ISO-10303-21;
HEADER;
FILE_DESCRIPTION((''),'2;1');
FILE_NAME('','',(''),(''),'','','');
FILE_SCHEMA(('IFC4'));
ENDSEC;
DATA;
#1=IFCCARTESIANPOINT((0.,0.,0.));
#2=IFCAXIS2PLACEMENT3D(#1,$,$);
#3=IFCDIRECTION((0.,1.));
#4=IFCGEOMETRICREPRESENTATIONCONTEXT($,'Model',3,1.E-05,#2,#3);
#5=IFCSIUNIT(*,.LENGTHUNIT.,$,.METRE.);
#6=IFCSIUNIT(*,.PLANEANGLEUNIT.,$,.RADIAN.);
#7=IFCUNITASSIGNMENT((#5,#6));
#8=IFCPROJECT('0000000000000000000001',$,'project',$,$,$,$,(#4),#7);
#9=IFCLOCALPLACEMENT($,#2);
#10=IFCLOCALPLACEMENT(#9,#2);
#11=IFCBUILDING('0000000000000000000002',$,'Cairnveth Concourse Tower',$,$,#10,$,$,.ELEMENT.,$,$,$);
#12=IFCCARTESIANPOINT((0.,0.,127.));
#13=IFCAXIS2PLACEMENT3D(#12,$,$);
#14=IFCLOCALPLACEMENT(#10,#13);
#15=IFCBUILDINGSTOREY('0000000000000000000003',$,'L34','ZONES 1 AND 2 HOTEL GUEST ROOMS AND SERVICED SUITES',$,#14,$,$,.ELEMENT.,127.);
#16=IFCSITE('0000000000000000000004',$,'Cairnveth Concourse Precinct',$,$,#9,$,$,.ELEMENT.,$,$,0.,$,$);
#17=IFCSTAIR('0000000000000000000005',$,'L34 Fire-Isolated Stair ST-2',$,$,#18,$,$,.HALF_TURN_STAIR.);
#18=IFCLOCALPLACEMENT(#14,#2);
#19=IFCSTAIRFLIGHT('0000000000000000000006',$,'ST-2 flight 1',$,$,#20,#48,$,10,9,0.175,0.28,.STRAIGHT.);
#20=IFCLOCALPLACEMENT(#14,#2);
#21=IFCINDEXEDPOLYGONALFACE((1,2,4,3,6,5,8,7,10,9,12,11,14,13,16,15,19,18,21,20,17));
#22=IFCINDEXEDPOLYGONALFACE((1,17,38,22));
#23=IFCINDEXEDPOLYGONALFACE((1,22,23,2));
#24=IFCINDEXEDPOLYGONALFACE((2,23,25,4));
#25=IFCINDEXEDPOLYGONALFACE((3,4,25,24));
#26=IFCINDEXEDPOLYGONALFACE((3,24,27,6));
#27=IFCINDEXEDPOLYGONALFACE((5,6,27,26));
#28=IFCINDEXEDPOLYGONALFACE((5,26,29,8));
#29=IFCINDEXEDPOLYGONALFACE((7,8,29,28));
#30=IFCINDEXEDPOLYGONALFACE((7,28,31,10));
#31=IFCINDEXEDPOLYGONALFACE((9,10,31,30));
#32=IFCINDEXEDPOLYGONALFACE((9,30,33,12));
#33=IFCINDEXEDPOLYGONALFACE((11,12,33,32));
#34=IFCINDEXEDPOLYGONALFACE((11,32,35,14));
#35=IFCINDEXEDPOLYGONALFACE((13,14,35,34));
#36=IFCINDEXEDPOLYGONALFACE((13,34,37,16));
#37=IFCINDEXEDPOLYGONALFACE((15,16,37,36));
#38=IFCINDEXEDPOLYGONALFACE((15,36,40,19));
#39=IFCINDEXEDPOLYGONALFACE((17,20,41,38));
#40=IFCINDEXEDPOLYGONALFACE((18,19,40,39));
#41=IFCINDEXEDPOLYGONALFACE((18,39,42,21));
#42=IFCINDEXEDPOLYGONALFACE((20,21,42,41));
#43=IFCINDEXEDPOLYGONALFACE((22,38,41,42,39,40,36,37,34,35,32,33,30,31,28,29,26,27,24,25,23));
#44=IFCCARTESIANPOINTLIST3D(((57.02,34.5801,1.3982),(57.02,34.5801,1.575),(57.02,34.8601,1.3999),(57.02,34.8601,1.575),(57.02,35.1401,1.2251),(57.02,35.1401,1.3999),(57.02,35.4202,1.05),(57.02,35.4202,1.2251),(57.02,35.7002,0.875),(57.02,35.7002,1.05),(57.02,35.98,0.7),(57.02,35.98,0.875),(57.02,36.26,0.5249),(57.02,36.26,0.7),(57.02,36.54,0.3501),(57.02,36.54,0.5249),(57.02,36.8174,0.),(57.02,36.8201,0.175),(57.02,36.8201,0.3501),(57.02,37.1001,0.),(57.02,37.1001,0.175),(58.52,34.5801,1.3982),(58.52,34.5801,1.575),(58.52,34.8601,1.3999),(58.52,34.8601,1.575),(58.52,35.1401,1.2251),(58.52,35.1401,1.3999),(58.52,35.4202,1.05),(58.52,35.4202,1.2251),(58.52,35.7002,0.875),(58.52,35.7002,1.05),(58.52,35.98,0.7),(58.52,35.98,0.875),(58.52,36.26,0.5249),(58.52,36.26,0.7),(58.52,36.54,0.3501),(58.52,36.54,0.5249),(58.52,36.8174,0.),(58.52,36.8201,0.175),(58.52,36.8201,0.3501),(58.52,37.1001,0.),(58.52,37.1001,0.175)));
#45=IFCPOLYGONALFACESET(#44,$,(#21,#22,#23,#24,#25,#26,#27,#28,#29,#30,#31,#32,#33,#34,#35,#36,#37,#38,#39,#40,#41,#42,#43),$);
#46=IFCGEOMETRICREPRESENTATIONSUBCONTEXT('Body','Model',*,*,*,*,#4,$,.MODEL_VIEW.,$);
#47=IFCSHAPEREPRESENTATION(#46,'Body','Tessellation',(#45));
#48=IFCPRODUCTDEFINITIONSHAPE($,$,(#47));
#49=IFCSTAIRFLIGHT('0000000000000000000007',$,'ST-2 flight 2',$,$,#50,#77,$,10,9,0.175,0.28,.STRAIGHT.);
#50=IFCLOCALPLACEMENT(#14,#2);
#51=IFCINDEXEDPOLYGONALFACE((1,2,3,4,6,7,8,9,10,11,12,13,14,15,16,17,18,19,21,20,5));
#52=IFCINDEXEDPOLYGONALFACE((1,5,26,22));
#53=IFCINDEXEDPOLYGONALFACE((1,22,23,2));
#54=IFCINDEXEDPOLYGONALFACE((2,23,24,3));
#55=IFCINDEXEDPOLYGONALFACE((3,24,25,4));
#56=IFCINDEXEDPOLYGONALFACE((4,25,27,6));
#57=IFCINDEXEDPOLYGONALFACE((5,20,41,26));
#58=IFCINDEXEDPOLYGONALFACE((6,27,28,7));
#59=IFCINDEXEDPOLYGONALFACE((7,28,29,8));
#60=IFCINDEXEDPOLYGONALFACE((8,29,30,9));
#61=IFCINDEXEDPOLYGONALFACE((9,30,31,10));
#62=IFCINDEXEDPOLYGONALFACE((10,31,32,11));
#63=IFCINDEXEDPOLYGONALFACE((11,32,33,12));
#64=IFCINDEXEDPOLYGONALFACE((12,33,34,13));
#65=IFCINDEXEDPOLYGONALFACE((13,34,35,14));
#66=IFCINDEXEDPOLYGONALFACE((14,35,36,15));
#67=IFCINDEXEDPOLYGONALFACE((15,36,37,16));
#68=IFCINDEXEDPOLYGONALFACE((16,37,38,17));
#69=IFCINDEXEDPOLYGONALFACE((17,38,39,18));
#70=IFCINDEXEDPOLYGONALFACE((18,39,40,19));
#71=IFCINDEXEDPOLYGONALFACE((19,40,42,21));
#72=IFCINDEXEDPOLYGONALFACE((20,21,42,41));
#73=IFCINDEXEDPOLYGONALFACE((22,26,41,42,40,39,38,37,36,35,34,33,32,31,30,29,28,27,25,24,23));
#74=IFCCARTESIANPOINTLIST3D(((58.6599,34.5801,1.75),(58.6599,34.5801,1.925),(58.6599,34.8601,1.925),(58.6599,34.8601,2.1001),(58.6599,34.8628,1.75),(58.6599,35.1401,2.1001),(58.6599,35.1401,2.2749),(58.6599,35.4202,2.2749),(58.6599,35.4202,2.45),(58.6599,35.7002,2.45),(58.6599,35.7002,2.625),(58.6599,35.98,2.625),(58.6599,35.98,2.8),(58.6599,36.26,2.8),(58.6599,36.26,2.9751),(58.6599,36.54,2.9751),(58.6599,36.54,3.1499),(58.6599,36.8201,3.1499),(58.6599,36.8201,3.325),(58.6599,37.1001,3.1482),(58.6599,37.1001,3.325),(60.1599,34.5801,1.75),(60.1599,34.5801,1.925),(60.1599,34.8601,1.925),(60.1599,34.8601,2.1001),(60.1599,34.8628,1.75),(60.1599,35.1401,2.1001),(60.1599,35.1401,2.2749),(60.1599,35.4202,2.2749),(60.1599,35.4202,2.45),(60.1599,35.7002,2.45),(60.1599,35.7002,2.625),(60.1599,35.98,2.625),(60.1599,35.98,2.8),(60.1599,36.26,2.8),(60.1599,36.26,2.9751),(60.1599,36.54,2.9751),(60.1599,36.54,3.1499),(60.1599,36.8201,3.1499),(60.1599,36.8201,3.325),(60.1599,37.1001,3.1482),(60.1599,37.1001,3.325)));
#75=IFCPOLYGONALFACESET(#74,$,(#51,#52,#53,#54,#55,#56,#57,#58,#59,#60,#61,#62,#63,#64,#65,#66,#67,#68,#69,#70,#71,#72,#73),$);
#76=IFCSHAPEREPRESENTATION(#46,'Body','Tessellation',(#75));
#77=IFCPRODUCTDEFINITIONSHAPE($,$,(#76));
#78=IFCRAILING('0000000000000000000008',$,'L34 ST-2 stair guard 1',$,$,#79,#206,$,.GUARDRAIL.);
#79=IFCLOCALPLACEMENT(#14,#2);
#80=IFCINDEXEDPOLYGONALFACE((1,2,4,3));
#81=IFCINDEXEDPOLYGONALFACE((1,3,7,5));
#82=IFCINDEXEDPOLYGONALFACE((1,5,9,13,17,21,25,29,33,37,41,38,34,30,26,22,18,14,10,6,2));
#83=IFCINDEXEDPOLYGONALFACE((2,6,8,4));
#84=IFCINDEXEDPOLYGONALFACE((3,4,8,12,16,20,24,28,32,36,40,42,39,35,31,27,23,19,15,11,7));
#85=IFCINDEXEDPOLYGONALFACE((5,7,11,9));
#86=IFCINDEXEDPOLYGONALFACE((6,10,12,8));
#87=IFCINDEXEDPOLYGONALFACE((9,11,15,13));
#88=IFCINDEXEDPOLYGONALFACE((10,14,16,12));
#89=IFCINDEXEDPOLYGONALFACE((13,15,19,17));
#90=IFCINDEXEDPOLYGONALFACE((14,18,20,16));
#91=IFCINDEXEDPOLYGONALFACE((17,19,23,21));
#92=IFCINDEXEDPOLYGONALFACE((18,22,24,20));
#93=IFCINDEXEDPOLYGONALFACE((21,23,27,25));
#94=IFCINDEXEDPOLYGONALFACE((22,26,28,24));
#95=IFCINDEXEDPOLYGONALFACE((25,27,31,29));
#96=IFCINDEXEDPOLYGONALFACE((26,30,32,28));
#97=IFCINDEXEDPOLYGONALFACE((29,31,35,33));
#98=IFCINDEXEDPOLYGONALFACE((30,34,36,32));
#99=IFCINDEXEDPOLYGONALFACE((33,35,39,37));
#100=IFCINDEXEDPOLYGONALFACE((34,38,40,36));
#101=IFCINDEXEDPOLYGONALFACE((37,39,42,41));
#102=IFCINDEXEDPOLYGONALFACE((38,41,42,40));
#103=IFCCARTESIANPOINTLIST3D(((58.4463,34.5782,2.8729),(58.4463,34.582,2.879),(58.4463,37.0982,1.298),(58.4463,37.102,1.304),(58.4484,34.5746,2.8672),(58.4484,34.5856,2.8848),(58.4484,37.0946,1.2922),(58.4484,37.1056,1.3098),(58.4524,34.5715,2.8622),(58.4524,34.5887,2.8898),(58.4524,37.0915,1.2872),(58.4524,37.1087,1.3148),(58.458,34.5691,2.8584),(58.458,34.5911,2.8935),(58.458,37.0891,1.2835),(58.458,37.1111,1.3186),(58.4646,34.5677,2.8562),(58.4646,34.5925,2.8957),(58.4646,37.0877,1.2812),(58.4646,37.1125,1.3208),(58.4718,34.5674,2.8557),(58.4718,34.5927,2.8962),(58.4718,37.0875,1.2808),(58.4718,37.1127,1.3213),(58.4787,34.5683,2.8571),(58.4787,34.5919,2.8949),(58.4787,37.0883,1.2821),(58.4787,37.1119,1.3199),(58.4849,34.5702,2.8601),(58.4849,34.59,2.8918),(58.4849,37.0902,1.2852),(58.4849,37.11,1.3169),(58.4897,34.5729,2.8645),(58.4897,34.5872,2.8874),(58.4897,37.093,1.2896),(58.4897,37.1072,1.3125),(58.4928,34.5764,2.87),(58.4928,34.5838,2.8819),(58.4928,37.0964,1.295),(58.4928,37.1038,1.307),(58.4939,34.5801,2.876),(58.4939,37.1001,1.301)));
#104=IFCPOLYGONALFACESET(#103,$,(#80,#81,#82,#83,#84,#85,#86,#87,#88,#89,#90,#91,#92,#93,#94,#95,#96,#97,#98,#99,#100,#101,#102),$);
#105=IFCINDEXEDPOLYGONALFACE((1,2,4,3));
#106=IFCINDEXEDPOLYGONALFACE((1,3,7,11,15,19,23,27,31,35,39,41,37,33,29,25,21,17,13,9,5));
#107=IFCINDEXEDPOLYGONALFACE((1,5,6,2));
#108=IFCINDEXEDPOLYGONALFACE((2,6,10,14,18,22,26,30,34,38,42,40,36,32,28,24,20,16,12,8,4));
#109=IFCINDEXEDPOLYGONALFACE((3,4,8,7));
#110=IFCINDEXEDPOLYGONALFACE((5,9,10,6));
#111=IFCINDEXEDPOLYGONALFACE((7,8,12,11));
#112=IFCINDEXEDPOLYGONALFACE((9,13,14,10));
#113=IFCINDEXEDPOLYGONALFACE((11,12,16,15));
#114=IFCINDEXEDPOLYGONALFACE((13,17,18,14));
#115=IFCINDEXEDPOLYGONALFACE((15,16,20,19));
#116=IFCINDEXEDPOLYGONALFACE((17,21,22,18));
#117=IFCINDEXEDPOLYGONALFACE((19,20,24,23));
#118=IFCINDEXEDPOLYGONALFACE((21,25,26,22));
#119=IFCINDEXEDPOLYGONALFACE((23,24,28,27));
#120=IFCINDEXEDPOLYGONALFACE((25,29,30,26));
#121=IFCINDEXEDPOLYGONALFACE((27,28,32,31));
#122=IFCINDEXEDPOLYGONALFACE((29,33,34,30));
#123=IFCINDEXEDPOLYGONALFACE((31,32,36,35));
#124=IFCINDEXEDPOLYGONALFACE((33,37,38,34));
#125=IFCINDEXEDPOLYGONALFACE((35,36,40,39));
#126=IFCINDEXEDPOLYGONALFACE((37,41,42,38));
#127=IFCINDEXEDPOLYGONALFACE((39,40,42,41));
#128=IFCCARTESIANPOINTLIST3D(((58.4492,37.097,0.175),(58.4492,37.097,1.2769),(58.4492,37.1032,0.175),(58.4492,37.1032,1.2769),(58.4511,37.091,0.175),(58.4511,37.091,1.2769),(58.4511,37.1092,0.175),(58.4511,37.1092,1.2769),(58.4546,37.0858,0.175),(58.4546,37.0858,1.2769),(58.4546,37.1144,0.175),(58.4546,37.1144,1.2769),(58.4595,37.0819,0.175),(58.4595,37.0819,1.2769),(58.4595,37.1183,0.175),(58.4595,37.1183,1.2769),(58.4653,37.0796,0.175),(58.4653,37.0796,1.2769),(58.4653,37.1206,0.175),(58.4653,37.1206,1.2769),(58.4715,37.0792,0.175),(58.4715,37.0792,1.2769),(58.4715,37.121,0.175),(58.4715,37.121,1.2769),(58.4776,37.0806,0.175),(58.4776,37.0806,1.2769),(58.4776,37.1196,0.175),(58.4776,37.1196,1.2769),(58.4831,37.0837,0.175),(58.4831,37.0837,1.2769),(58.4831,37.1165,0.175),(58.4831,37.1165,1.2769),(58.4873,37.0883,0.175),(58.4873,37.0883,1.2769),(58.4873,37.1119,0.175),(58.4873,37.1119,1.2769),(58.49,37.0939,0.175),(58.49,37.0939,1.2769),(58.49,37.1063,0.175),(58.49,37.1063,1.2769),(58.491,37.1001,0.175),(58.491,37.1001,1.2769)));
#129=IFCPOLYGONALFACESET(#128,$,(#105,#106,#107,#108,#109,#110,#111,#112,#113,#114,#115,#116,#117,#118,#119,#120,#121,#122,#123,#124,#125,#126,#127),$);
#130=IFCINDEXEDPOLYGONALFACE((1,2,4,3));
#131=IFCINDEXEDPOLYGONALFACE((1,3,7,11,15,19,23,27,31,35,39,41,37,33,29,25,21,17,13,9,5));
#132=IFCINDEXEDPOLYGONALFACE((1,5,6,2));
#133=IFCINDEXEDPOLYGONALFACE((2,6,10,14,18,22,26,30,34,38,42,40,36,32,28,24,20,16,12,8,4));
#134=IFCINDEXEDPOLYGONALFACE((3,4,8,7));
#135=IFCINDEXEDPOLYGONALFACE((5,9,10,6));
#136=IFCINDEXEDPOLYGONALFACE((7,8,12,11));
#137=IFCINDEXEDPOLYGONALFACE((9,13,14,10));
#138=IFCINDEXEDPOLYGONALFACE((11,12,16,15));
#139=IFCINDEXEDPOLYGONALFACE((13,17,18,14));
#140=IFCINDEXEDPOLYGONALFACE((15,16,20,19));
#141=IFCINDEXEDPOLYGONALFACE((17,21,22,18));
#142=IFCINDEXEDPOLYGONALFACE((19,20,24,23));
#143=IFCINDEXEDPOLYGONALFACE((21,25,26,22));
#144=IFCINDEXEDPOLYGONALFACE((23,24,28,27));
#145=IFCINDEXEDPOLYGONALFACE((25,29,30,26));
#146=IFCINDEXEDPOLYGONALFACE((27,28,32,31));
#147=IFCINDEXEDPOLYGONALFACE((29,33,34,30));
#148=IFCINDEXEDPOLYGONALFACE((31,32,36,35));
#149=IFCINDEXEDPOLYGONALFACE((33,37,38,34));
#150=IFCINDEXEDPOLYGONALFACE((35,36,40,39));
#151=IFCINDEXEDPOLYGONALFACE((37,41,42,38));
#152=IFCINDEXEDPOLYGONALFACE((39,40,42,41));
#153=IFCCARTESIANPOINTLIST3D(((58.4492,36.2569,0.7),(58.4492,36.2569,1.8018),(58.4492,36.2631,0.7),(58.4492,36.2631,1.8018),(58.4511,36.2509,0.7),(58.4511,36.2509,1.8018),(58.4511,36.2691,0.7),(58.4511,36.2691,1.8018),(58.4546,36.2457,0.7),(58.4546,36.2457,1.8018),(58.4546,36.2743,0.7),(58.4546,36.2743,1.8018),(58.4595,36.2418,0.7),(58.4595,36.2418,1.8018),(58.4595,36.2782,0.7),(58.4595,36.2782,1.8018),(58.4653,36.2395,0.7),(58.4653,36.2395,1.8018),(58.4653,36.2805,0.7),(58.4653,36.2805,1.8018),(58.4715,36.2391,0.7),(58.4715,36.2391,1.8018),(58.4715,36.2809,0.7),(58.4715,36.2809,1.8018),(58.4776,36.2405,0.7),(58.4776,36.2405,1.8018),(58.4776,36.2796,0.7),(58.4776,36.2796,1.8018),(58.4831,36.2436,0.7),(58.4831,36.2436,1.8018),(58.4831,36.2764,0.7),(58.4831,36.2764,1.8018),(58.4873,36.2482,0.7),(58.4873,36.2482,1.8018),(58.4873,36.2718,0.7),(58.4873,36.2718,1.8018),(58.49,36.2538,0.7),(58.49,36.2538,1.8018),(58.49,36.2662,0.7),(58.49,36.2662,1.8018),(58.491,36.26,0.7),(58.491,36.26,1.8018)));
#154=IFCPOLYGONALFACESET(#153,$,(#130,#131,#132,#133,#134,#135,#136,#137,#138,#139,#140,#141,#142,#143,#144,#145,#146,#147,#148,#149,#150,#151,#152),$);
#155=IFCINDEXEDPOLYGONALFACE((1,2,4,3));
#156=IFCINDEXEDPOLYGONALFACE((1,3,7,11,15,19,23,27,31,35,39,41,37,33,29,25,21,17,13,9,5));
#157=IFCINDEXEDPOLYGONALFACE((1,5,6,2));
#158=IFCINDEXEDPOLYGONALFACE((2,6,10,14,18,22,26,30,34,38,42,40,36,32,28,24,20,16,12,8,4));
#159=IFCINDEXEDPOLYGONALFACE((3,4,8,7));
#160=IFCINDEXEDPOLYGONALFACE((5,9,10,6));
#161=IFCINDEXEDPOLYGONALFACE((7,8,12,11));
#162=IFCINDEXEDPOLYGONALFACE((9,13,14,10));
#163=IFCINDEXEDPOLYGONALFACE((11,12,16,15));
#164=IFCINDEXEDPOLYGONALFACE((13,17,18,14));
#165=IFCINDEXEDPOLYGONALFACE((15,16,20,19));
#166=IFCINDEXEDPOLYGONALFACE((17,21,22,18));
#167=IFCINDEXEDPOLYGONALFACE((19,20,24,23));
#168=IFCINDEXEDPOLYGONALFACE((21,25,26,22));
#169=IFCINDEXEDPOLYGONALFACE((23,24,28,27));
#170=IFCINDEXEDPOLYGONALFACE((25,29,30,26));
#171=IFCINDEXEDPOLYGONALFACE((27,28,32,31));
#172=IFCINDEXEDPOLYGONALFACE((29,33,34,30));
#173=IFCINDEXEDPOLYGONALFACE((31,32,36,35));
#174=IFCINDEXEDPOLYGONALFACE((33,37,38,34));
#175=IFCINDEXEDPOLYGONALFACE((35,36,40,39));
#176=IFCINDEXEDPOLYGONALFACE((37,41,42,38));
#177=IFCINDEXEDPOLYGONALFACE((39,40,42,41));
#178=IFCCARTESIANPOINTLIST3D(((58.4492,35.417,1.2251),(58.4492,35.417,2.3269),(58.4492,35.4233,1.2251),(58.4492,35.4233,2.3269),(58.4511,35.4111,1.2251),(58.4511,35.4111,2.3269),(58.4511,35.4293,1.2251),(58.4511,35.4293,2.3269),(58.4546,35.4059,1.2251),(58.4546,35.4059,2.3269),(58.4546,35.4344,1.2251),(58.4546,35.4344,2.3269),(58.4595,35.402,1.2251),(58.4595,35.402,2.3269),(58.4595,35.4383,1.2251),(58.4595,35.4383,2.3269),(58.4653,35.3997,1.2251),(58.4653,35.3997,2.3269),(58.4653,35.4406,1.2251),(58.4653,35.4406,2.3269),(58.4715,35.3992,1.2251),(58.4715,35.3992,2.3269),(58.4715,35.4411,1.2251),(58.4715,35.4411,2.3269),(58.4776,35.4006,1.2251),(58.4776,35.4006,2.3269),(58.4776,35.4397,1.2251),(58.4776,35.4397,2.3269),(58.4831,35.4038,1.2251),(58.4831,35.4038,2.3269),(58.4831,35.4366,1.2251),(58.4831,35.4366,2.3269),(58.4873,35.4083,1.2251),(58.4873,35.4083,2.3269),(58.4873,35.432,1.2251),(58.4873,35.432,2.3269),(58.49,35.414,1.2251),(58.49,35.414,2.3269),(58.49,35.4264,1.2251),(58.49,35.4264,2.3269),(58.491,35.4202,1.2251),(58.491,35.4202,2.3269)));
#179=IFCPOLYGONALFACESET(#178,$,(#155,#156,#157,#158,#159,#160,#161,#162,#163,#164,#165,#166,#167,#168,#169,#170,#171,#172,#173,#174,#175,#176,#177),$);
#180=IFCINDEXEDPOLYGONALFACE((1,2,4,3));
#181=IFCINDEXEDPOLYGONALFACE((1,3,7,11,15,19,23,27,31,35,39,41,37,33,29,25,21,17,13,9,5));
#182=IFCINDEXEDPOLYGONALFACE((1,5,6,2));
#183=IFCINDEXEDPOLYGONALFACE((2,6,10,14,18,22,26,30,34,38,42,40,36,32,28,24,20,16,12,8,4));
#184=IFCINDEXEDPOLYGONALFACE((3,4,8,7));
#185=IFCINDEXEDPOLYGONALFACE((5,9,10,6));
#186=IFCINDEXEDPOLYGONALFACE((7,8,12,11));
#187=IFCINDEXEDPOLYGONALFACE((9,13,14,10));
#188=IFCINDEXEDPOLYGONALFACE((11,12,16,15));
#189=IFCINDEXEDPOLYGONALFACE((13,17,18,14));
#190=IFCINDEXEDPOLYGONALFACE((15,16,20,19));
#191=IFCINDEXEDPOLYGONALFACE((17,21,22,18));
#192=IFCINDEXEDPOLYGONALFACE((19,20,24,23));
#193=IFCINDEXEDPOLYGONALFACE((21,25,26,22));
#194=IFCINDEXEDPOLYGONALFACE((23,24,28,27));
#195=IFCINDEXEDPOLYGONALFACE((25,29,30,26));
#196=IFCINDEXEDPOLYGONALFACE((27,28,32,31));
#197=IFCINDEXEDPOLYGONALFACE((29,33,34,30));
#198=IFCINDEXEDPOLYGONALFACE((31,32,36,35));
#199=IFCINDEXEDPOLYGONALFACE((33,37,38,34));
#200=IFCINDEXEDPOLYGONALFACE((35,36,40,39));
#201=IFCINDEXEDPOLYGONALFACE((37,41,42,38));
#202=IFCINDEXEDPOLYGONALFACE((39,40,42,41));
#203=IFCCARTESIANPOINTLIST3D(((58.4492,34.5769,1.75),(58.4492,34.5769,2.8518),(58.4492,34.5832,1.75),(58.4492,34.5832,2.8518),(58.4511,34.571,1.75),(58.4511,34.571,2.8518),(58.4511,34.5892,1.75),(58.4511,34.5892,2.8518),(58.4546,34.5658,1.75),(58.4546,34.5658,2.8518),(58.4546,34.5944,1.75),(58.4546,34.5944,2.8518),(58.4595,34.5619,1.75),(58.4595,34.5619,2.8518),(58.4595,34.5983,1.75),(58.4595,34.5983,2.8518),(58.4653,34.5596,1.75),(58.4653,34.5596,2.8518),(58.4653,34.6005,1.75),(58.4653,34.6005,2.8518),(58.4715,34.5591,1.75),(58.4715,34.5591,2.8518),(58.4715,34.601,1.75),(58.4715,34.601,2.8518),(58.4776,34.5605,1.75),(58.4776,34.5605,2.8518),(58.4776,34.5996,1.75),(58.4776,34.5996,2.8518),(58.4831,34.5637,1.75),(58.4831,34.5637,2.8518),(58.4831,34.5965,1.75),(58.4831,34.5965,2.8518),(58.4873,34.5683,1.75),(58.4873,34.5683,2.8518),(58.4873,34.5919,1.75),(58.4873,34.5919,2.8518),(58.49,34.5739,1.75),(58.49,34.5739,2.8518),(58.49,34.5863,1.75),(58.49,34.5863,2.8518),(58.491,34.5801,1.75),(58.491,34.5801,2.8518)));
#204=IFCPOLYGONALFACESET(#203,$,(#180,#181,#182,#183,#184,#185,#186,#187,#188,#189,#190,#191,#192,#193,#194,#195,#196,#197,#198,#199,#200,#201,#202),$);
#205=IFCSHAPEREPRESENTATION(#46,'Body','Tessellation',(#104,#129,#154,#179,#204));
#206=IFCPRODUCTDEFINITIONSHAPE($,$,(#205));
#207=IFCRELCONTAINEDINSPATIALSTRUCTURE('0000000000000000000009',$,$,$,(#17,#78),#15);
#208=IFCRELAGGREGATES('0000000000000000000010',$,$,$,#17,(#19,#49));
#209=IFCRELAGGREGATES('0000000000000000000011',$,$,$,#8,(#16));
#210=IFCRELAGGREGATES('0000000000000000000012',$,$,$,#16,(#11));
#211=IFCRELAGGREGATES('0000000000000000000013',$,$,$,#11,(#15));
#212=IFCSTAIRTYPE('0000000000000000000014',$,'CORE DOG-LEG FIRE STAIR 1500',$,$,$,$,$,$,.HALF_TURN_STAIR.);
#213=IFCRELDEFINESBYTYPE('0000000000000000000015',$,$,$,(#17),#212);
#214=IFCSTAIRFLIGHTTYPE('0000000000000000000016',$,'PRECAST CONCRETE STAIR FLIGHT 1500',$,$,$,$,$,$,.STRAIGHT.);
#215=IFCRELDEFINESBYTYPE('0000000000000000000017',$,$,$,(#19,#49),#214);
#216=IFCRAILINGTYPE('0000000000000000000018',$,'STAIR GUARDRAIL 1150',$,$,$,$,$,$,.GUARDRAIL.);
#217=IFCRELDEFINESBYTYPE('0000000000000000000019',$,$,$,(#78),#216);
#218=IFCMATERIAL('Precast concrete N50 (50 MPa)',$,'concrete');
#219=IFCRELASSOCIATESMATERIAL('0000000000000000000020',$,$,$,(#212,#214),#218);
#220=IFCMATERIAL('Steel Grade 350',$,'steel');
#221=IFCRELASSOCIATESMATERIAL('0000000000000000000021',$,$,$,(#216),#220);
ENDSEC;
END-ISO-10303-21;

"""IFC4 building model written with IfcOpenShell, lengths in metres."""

from ifc_helpers import new_model, si_unit, direction, frame, origin, origin_2d, place, context, subcontext, project, spatial, polyline, circle, outline, extrude, material, type_object, element, aggregate, save


model = new_model("IFC4")

# Units and contexts
model_context = context("Model", 3, precision=1e-05, world=origin(), true_north=direction((0.0, 1.0)))
body_context = subcontext(model_context, "Body", "Model", "MODEL_VIEW")
ifc_project = project(units=[si_unit("LENGTHUNIT", "METRE"), si_unit("PLANEANGLEUNIT", "RADIAN")], contexts=[model_context])

# Site, building, storey
site_placement = place(None, origin())
site = spatial("IfcSite", under=ifc_project, at=site_placement, Name="Cairnveth Concourse Precinct", CompositionType="ELEMENT", RefElevation=0.0)
building_placement = place(site_placement, origin())
building = spatial("IfcBuilding", under=site, at=building_placement, Name="Cairnveth Concourse Tower", CompositionType="ELEMENT")
storey_placement = place(building_placement, frame((0.0, 0.0, 127.0)))
storey = spatial("IfcBuildingStorey", under=building, at=storey_placement, Name="L34", Description="ZONES 1 AND 2 HOTEL GUEST ROOMS AND SERVICED SUITES", CompositionType="ELEMENT", Elevation=127.0)

# Shared definitions
ifc_material_1 = material(Name="Steel Grade 350", Category="steel")

# Stair, stair flights
ifc_material_2 = material(Name="Precast concrete N50 (50 MPa)", Category="concrete")
stair_type = type_object("IfcStairType", Name="CORE DOG-LEG FIRE STAIR 1500", PredefinedType="HALF_TURN_STAIR", material=ifc_material_2)
stair_placement = place(storey_placement, origin())
stair = element("IfcStair", 1, at=stair_placement, inside=storey, type_object=stair_type, Name="L34 Fire-Isolated Stair ST-2", PredefinedType="HALF_TURN_STAIR")
stair_flight_type = type_object("IfcStairFlightType", Name="PRECAST CONCRETE STAIR FLIGHT 1500", PredefinedType="STRAIGHT", material=ifc_material_2)
stair_flight_1_placement = place(storey_placement, frame((57.77, 37.1001, 0.0), z_axis=(0.0, 0.0, 1.0), x_axis=(0.0, -1.0, 0.0)))
stair_flight_1 = element("IfcStairFlight", 2, at=stair_flight_1_placement, type_object=stair_flight_type, Name="ST-2 flight 1", NumberOfRisers=10, NumberOfTreads=9, PredefinedType="STRAIGHT", RiserHeight=0.175, TreadLength=0.28, context=body_context, shape_type="SweptSolid", body=[
    extrude(outline(polyline([(0.0, 0.0), (0.0, 0.175), (0.28, 0.175), (0.28, 0.3501), (0.5601, 0.3501), (0.5601, 0.5249), (0.8401, 0.5249), (0.8401, 0.7), (1.1201, 0.7), (1.1201, 0.875), (1.3999, 0.875), (1.3999, 1.05), (1.6799, 1.05), (1.6799, 1.2251), (1.96, 1.2251), (1.96, 1.3999), (2.24, 1.3999), (2.24, 1.575), (2.52, 1.575), (2.52, 1.75), (2.52, 1.3982), (0.2827, 0.0), (0.0, 0.0)])), frame((0.0, 0.75, 0.0), z_axis=(0.0, -1.0, 0.0), x_axis=(1.0, 0.0, 0.0)), (0.0, 0.0, 1.0), 1.5),
])
stair_flight_2_placement = place(storey_placement, frame((59.4099, 34.5801, 1.75), z_axis=(0.0, 0.0, 1.0), x_axis=(0.0, 1.0, 0.0)))
stair_flight_2 = element("IfcStairFlight", 3, at=stair_flight_2_placement, type_object=stair_flight_type, Name="ST-2 flight 2", NumberOfRisers=10, NumberOfTreads=9, PredefinedType="STRAIGHT", RiserHeight=0.175, TreadLength=0.28, context=body_context, shape_type="SweptSolid", body=[
    extrude(outline(polyline([(0.0, 0.0), (0.0, 0.175), (0.28, 0.175), (0.28, 0.3501), (0.5601, 0.3501), (0.5601, 0.5249), (0.8401, 0.5249), (0.8401, 0.7), (1.1201, 0.7), (1.1201, 0.875), (1.3999, 0.875), (1.3999, 1.05), (1.6799, 1.05), (1.6799, 1.2251), (1.96, 1.2251), (1.96, 1.3999), (2.24, 1.3999), (2.24, 1.575), (2.52, 1.575), (2.52, 1.75), (2.52, 1.3982), (0.2827, 0.0), (0.0, 0.0)])), frame((0.0, 0.75, 0.0), z_axis=(0.0, -1.0, 0.0), x_axis=(1.0, 0.0, 0.0)), (0.0, 0.0, 1.0), 1.5),
])
aggregate(stair, [stair_flight_1, stair_flight_2])

# Railing
railing_type_1 = type_object("IfcRailingType", Name="STAIR GUARDRAIL 1150", PredefinedType="GUARDRAIL", material=ifc_material_1)
railing_1_placement = place(storey_placement, frame((58.47, 37.1001, 0.175)))
element("IfcRailing", 4, at=railing_1_placement, inside=storey, type_object=railing_type_1, Name="L34 ST-2 stair guard 1", PredefinedType="GUARDRAIL", context=body_context, shape_type="SweptSolid", body=[
    extrude(circle(Radius=0.0239, at=origin_2d()), frame((0.0, 0.0, 1.126), z_axis=(0.0, -0.848008, 0.529984), x_axis=(1.0, 0.0, 0.0)), (0.0, 0.0, 1.0), 2.9717),
    extrude(circle(Radius=0.021, at=origin_2d()), origin(), (0.0, 0.0, 1.0), 1.1018),
    extrude(circle(Radius=0.021, at=origin_2d()), frame((0.0, -0.8401, 0.5249)), (0.0, 0.0, 1.0), 1.1018),
    extrude(circle(Radius=0.021, at=origin_2d()), frame((0.0, -1.6799, 1.05)), (0.0, 0.0, 1.0), 1.1018),
    extrude(circle(Radius=0.021, at=origin_2d()), frame((0.0, -2.52, 1.575)), (0.0, 0.0, 1.0), 1.1018),
])

save(model, "model.ifc")
